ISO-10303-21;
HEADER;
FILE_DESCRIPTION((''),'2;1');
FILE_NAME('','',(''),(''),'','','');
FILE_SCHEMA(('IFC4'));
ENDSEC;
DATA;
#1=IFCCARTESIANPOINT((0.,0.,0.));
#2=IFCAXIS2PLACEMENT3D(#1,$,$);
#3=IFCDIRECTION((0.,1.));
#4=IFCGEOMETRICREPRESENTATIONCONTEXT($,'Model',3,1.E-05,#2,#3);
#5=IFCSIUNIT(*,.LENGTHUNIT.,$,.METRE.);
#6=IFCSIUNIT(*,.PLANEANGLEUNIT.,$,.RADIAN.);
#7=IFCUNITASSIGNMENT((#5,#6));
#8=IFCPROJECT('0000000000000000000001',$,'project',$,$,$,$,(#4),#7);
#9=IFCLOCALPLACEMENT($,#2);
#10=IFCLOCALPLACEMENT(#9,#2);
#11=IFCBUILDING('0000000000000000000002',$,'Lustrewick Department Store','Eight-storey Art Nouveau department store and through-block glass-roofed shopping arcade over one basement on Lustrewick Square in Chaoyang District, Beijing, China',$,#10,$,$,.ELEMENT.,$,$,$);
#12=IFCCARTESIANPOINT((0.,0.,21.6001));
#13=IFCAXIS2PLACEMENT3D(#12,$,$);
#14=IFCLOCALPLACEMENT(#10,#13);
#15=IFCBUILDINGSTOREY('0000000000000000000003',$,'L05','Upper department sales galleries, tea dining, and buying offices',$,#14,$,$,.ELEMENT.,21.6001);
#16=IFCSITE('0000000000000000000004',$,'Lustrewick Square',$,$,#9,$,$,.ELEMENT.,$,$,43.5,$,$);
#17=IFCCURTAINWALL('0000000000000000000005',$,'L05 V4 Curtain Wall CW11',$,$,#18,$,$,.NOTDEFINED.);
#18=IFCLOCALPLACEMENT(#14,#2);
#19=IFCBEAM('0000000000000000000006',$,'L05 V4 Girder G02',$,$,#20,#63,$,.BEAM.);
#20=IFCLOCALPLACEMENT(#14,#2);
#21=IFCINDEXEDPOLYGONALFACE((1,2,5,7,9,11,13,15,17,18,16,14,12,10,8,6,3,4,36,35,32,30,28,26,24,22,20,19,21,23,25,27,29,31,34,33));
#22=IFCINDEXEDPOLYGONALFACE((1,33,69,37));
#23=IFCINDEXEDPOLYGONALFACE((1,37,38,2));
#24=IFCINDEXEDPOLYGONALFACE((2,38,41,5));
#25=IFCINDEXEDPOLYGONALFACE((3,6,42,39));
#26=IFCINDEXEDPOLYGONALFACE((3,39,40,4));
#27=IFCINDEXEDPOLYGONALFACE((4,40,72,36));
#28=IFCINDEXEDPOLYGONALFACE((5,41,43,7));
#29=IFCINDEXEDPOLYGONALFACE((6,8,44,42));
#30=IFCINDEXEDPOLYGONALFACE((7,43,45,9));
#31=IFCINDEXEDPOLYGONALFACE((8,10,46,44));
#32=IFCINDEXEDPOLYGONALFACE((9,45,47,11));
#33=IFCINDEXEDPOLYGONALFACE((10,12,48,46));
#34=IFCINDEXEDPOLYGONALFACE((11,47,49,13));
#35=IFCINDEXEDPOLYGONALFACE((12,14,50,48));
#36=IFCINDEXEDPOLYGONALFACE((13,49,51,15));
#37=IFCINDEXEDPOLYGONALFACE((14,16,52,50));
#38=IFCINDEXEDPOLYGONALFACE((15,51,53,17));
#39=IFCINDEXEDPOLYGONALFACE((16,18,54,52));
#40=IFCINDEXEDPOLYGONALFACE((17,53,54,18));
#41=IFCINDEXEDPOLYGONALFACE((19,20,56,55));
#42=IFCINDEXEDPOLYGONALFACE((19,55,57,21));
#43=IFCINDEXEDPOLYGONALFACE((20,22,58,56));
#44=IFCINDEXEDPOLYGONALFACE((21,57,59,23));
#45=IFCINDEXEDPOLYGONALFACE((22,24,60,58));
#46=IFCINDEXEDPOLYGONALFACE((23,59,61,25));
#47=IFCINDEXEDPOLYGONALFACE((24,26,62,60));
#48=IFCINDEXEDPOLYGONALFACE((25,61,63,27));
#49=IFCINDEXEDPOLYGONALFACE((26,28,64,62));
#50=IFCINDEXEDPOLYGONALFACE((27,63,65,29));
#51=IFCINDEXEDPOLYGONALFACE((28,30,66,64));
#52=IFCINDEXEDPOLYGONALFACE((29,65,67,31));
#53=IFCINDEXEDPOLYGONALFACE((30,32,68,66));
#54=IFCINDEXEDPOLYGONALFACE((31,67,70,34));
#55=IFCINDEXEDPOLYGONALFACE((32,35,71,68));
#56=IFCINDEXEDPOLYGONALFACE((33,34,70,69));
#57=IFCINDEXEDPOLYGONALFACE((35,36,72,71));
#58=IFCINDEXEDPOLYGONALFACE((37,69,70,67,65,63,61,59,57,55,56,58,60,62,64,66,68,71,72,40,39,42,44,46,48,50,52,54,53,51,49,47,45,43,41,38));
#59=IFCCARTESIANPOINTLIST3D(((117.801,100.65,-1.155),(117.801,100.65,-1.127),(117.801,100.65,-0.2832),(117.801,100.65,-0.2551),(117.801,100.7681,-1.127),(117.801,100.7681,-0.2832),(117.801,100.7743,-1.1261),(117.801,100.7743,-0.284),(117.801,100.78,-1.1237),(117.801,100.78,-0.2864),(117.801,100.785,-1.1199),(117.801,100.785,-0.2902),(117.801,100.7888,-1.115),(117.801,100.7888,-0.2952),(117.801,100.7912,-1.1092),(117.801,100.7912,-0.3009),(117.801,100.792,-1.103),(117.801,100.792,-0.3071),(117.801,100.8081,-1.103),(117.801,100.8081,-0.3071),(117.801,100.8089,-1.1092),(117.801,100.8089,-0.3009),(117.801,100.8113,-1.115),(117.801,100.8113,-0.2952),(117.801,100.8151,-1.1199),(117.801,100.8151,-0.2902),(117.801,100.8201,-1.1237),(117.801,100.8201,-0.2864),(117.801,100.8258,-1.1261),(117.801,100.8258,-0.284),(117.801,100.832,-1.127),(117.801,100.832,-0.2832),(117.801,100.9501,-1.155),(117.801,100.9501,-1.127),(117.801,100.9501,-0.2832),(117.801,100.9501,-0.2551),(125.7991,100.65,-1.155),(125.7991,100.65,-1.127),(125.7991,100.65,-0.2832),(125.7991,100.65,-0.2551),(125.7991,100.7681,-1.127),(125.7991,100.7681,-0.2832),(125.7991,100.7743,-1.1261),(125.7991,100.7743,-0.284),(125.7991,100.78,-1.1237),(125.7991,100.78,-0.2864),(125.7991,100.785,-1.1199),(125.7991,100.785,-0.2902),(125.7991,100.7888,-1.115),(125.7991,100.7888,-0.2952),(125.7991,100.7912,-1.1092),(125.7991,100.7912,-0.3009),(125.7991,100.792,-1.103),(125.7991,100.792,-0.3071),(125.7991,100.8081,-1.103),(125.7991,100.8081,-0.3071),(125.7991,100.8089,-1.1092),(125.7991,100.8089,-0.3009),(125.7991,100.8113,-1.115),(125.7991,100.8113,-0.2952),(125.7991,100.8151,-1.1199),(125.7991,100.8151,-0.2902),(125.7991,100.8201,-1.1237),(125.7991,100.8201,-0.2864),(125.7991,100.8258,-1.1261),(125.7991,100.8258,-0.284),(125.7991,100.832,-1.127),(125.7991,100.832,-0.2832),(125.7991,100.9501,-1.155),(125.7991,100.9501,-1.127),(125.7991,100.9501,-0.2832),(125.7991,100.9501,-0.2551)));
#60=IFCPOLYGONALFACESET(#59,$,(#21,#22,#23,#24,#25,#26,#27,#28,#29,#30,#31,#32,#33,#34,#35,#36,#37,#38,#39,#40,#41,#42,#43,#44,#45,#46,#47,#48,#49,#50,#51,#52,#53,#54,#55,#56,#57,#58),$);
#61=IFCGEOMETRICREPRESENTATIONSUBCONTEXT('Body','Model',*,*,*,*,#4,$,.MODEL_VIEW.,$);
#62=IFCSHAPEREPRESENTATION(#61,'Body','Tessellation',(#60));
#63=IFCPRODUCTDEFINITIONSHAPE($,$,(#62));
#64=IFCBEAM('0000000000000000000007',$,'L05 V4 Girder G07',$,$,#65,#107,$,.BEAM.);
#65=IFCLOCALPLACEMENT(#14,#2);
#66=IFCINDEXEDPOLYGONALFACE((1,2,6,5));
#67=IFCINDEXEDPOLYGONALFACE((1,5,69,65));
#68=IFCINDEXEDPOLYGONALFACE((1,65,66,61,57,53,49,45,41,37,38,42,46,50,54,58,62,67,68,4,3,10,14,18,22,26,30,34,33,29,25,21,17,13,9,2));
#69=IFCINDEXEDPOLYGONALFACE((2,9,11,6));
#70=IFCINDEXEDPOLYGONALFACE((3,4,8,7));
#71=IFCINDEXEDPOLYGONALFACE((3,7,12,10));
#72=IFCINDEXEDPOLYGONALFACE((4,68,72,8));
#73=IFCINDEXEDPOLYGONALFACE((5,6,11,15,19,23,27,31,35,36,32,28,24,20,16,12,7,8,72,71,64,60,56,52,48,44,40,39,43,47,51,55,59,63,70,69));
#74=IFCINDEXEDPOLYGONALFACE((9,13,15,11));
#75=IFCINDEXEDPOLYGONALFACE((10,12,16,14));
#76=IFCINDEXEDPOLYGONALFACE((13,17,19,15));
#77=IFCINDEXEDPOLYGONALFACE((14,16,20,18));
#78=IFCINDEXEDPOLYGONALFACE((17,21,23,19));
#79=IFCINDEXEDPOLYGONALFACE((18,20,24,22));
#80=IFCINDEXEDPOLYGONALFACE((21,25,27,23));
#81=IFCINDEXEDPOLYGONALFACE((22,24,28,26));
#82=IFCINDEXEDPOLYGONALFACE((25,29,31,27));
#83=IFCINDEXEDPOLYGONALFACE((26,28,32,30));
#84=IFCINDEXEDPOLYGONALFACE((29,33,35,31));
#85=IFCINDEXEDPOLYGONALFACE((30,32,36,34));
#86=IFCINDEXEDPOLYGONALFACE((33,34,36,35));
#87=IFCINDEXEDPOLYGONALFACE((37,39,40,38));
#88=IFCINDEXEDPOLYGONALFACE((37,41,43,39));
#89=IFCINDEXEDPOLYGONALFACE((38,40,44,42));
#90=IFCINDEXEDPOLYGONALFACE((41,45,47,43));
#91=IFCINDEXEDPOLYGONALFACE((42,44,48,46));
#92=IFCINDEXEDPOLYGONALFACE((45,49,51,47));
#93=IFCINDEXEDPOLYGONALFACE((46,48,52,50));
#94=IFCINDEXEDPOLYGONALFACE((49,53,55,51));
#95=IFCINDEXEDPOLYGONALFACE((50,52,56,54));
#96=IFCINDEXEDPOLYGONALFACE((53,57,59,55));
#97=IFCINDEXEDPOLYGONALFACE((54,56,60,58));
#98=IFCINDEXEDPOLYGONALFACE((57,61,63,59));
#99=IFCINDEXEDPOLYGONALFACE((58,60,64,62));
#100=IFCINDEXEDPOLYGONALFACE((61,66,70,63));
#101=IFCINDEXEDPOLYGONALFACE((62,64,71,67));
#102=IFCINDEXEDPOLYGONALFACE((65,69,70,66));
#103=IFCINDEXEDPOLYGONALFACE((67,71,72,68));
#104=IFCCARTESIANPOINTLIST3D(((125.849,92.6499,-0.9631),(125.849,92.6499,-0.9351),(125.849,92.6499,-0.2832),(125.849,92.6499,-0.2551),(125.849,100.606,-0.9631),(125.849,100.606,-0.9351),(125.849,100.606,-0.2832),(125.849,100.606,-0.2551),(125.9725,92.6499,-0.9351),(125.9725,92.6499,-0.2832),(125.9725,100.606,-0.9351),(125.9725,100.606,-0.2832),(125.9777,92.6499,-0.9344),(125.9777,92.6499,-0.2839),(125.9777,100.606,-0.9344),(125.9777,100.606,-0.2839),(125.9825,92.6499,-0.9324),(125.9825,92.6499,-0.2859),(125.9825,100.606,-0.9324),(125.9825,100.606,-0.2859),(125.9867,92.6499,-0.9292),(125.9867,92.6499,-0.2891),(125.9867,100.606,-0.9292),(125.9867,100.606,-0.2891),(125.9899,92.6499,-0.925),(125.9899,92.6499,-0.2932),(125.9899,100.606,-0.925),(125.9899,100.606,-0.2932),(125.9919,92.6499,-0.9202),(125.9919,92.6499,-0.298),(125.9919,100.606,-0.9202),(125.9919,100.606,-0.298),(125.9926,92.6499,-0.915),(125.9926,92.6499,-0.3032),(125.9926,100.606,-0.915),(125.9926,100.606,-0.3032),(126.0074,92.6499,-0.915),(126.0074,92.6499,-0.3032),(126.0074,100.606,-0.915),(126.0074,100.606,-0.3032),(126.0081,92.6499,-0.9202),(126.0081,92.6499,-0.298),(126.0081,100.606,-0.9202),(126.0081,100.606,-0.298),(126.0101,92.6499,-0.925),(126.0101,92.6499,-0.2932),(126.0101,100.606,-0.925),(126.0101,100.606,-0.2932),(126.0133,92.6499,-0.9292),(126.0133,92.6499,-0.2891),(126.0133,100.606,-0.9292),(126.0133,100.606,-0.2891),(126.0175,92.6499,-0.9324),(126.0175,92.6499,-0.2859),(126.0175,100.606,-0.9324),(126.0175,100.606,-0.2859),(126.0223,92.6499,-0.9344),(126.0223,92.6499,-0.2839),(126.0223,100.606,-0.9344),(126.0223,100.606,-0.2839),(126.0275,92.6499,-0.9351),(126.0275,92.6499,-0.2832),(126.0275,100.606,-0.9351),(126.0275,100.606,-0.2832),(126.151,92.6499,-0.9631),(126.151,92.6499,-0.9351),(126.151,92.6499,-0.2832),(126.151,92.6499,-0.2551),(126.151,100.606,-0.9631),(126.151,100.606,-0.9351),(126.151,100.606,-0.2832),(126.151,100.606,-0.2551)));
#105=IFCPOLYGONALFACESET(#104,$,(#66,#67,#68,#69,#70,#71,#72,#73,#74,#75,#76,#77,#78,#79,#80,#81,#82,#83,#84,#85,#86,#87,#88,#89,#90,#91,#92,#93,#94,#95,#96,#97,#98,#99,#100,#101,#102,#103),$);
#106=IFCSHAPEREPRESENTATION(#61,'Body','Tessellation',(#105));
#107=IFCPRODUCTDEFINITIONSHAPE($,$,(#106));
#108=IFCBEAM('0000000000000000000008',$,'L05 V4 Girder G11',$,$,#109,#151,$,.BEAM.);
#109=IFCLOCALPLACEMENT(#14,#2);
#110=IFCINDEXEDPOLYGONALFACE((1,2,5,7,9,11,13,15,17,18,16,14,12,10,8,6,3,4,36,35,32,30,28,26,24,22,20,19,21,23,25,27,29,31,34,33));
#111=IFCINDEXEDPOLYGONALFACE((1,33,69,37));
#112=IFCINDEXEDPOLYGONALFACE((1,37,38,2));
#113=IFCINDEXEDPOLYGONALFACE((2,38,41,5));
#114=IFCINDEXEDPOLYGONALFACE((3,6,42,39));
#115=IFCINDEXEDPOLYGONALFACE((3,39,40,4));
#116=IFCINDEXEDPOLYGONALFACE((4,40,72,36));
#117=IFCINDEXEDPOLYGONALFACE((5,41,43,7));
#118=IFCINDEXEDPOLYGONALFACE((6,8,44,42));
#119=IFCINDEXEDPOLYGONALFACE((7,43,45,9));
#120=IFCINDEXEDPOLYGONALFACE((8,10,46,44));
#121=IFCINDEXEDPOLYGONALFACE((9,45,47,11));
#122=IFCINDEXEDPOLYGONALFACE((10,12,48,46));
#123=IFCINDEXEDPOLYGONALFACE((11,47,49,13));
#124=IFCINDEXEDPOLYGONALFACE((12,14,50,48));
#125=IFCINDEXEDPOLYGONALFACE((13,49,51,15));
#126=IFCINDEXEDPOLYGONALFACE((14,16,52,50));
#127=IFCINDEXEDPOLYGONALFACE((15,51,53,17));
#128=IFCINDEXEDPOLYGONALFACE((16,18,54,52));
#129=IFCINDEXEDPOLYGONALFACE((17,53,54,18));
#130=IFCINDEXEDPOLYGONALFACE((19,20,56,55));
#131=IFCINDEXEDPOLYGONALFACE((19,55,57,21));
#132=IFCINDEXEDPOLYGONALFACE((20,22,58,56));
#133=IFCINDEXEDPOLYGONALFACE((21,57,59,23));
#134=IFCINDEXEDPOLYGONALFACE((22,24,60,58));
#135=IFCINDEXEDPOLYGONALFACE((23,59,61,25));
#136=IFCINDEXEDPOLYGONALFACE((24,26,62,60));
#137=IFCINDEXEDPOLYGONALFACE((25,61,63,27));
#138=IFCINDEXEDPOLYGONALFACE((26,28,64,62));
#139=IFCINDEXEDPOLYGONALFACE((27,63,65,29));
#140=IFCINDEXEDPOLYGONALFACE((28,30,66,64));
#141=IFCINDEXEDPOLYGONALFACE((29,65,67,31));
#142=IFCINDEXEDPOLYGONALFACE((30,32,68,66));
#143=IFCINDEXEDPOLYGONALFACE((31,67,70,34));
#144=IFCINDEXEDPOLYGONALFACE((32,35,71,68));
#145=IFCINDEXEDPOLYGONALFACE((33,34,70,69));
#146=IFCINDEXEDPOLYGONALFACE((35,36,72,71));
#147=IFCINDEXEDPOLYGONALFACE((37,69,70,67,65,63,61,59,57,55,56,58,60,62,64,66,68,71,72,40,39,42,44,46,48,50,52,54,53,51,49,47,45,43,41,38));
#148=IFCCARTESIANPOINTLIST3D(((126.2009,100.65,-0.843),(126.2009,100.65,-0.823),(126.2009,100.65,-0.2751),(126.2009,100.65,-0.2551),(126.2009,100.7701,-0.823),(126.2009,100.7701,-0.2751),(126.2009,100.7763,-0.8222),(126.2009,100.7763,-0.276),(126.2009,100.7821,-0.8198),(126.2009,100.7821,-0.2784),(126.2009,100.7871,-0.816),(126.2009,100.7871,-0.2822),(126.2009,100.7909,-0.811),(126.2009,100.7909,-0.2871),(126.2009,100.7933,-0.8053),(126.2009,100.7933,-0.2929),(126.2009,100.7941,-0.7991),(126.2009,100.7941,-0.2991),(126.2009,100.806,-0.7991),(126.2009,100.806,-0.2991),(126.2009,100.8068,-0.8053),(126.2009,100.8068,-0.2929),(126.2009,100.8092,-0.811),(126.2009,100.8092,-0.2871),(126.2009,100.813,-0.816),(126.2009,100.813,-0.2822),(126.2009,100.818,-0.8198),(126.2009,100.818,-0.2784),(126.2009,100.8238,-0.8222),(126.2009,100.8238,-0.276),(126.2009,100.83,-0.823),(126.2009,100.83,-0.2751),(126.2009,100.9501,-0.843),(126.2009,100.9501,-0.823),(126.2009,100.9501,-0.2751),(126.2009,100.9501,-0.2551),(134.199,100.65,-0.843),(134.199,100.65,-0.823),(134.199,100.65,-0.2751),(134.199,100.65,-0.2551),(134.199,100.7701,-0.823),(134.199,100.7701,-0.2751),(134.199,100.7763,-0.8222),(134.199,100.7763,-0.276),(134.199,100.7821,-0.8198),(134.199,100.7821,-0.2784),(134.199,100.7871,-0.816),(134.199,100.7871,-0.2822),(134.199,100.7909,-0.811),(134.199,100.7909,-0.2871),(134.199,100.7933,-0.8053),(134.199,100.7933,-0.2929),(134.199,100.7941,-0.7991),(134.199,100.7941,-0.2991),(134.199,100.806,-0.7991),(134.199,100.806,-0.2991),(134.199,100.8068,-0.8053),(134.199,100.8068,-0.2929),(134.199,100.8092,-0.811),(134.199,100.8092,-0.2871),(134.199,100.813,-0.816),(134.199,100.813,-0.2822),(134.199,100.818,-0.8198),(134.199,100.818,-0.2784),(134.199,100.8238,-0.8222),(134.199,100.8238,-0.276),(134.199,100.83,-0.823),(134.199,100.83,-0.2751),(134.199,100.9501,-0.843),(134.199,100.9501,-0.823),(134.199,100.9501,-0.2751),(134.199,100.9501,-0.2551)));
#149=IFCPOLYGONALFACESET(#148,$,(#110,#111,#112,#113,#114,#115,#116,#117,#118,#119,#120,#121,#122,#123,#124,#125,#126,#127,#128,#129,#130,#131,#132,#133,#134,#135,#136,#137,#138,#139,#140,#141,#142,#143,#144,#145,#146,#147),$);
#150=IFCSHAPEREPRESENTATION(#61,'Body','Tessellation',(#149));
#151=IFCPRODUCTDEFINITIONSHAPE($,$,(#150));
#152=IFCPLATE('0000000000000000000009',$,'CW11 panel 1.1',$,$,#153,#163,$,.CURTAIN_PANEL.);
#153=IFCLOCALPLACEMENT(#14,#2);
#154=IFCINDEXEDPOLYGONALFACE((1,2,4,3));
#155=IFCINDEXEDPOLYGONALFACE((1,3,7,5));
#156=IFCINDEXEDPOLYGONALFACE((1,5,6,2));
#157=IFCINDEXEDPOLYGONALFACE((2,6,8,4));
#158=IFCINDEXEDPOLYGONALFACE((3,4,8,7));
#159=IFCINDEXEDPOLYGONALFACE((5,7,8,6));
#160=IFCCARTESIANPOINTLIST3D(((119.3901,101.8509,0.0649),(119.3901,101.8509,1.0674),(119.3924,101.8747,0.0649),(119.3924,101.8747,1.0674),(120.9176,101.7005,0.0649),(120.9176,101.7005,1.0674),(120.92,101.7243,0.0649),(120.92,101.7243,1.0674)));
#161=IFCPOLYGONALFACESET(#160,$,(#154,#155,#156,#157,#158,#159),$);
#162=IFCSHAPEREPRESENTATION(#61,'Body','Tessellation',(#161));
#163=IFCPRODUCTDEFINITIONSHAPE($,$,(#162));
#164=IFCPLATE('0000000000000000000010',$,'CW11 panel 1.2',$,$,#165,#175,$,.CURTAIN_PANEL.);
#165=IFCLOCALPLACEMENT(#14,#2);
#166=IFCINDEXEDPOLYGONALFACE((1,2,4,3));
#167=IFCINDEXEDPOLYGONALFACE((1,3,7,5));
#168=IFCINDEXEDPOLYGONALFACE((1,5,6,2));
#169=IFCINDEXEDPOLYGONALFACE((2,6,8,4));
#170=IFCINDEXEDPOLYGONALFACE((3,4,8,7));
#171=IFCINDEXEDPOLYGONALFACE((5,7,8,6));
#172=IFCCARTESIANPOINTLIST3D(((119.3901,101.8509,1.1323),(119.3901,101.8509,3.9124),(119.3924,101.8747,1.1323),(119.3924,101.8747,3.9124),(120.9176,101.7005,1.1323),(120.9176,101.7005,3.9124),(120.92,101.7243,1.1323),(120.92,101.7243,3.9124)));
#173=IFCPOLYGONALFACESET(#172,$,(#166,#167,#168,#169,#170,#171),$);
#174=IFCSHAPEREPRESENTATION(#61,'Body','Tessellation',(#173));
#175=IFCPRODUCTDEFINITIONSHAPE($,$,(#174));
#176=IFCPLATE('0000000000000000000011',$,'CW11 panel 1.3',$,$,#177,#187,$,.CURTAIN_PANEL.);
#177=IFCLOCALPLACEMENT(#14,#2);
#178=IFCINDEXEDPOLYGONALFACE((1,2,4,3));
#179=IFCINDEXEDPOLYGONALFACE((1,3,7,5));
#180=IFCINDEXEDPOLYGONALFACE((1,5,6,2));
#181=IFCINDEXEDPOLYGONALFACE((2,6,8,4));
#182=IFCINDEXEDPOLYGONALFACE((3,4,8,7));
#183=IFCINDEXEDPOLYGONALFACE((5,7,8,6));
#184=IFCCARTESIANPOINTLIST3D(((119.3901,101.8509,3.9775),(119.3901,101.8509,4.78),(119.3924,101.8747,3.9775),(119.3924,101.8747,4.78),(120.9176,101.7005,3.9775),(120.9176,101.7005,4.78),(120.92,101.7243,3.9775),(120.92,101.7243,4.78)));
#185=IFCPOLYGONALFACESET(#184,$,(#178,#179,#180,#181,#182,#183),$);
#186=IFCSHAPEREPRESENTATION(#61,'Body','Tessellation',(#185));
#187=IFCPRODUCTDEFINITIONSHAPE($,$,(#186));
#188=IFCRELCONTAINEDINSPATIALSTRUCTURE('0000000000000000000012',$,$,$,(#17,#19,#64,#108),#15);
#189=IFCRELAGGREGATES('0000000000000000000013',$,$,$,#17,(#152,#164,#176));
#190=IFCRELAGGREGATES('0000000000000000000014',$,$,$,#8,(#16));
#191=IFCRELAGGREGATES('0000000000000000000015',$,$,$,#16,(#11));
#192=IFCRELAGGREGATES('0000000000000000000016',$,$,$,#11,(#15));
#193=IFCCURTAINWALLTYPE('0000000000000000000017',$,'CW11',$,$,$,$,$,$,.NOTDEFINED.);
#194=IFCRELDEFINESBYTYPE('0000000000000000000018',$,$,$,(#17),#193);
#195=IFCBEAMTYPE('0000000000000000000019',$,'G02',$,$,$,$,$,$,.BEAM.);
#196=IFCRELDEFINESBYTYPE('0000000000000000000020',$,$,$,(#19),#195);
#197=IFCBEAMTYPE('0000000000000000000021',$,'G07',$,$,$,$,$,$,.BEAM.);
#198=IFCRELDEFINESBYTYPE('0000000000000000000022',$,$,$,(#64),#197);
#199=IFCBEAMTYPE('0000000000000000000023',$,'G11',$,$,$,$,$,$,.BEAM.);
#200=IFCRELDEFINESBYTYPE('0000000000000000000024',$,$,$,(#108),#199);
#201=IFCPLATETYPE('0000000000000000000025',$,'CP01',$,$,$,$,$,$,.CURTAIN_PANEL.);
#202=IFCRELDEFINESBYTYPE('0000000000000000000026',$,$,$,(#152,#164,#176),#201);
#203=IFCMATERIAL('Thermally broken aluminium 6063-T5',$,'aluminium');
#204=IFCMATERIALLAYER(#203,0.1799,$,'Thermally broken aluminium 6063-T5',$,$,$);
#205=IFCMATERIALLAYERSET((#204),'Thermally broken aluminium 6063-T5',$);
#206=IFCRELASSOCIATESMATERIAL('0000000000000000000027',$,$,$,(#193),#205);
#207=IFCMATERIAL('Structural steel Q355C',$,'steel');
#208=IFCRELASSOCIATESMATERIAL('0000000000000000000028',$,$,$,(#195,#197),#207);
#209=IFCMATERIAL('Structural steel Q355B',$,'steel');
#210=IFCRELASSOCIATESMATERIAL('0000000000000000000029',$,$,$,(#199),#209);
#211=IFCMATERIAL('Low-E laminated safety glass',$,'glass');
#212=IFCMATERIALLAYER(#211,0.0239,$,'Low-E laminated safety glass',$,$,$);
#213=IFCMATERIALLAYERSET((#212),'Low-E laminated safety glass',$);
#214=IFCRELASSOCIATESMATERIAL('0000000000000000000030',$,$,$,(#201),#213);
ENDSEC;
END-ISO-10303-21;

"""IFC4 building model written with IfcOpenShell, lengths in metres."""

from ifc_helpers import new_model, si_unit, direction, frame, origin, origin_2d, place, context, subcontext, project, spatial, rectangle, i_section, extrude, material, layer, layer_set, material_profile, profile_set, type_object, element, aggregate, save


model = new_model("IFC4")

# Units and contexts
model_context = context("Model", 3, precision=1e-05, world=origin(), true_north=direction((0.0, 1.0)))
body_context = subcontext(model_context, "Body", "Model", "MODEL_VIEW")
ifc_project = project(units=[si_unit("LENGTHUNIT", "METRE"), si_unit("PLANEANGLEUNIT", "RADIAN")], contexts=[model_context])

# Site, building, storey
site_placement = place(None, origin())
site = spatial("IfcSite", under=ifc_project, at=site_placement, Name="Lustrewick Square", CompositionType="ELEMENT", RefElevation=43.5)
building_placement = place(site_placement, origin())
building = spatial("IfcBuilding", under=site, at=building_placement, Name="Lustrewick Department Store", Description="Eight-storey Art Nouveau department store and through-block glass-roofed shopping arcade over one basement on Lustrewick Square in Chaoyang District, Beijing, China", CompositionType="ELEMENT")
storey_placement = place(building_placement, frame((0.0, 0.0, 21.6001)))
storey = spatial("IfcBuildingStorey", under=building, at=storey_placement, Name="L05", Description="Upper department sales galleries, tea dining, and buying offices", CompositionType="ELEMENT", Elevation=21.6001)

# Shared definitions
ifc_material_1 = material(Name="Structural steel Q355B", Category="steel")

# Curtain wall
ifc_material_2 = material(Name="Thermally broken aluminium 6063-T5", Category="aluminium")
ifc_layer_1 = layer(ifc_material_2, 0.1799, Name="Thermally broken aluminium 6063-T5")
ifc_layer_set_1 = layer_set([ifc_layer_1], Name="Thermally broken aluminium 6063-T5")
curtain_wall_type = type_object("IfcCurtainWallType", Name="CW11", PredefinedType="NOTDEFINED", material=ifc_layer_set_1)
curtain_wall_placement = place(storey_placement, origin())
curtain_wall = element("IfcCurtainWall", 1, at=curtain_wall_placement, inside=storey, type_object=curtain_wall_type, Name="L05 V4 Curtain Wall CW11", PredefinedType="NOTDEFINED")

# Beams
ifc_material_3 = material(Name="Structural steel Q355C", Category="steel")
ifc_material_profile_1 = material_profile(ifc_material_3, i_section(OverallWidth=0.3, OverallDepth=0.8999, WebThickness=0.0161, FlangeThickness=0.0281, FilletRadius=0.0239, at=origin_2d()), Name="HN 900x300x16x28")
ifc_profile_set_1 = profile_set([ifc_material_profile_1], Name="Structural steel Q355C")
beam_type_1 = type_object("IfcBeamType", Name="G02", PredefinedType="BEAM", material=ifc_profile_set_1)
beam_1_placement = place(storey_placement, frame((117.801, 100.8, -0.7051), z_axis=(1.0, 0.0, 0.0), x_axis=(0.0, 1.0, 0.0)))
element("IfcBeam", 2, at=beam_1_placement, inside=storey, type_object=beam_type_1, Name="L05 V4 Girder G02", PredefinedType="BEAM", context=body_context, shape_type="SweptSolid", body=[
    extrude(i_section(OverallWidth=0.3, OverallDepth=0.8999, WebThickness=0.0161, FlangeThickness=0.0281, FilletRadius=0.0239, at=origin_2d()), origin(), (0.0, 0.0, 1.0), 7.998),
])
ifc_material_profile_2 = material_profile(ifc_material_3, i_section(OverallWidth=0.302, OverallDepth=0.708, WebThickness=0.0149, FlangeThickness=0.0281, FilletRadius=0.02, at=origin_2d()), Name="HN 708x302x15x28")
ifc_profile_set_2 = profile_set([ifc_material_profile_2], Name="Structural steel Q355C")
beam_type_2 = type_object("IfcBeamType", Name="G07", PredefinedType="BEAM", material=ifc_profile_set_2)
beam_2_placement = place(storey_placement, frame((126.0, 92.6499, -0.6091), z_axis=(0.0, 1.0, 0.0), x_axis=(-1.0, 0.0, 0.0)))
element("IfcBeam", 3, at=beam_2_placement, inside=storey, type_object=beam_type_2, Name="L05 V4 Girder G07", PredefinedType="BEAM", context=body_context, shape_type="SweptSolid", body=[
    extrude(i_section(OverallWidth=0.302, OverallDepth=0.708, WebThickness=0.0149, FlangeThickness=0.0281, FilletRadius=0.02, at=origin_2d()), origin(), (0.0, 0.0, 1.0), 7.9561),
])
ifc_material_profile_3 = material_profile(ifc_material_1, i_section(OverallWidth=0.3, OverallDepth=0.5879, WebThickness=0.012, FlangeThickness=0.02, FilletRadius=0.0239, at=origin_2d()), Name="HM 588x300x12x20")
ifc_profile_set_3 = profile_set([ifc_material_profile_3], Name="Structural steel Q355B")
beam_type_3 = type_object("IfcBeamType", Name="G11", PredefinedType="BEAM", material=ifc_profile_set_3)
beam_3_placement = place(storey_placement, frame((126.2009, 100.8, -0.5491), z_axis=(1.0, 0.0, 0.0), x_axis=(0.0, 1.0, 0.0)))
element("IfcBeam", 4, at=beam_3_placement, inside=storey, type_object=beam_type_3, Name="L05 V4 Girder G11", PredefinedType="BEAM", context=body_context, shape_type="SweptSolid", body=[
    extrude(i_section(OverallWidth=0.3, OverallDepth=0.5879, WebThickness=0.012, FlangeThickness=0.02, FilletRadius=0.0239, at=origin_2d()), origin(), (0.0, 0.0, 1.0), 7.998),
])

# Plates
ifc_material_4 = material(Name="Low-E laminated safety glass", Category="glass")
ifc_layer_2 = layer(ifc_material_4, 0.0239, Name="Low-E laminated safety glass")
ifc_layer_set_2 = layer_set([ifc_layer_2], Name="Low-E laminated safety glass")
plate_type = type_object("IfcPlateType", Name="CP01", PredefinedType="CURTAIN_PANEL", material=ifc_layer_set_2)
plate_1_placement = place(storey_placement, frame((120.155, 101.7876, 0.0649), z_axis=(0.0, 0.0, 1.0), x_axis=(-0.995184, 0.098023, 0.0)))
plate_1 = element("IfcPlate", 5, at=plate_1_placement, type_object=plate_type, Name="CW11 panel 1.1", PredefinedType="CURTAIN_PANEL", context=body_context, shape_type="SweptSolid", body=[
    extrude(rectangle(XDim=1.5349, YDim=0.0239, at=origin_2d()), origin(), (0.0, 0.0, 1.0), 1.0024),
])
plate_2_placement = place(storey_placement, frame((120.155, 101.7876, 1.1323), z_axis=(0.0, 0.0, 1.0), x_axis=(-0.995184, 0.098023, 0.0)))
plate_2 = element("IfcPlate", 6, at=plate_2_placement, type_object=plate_type, Name="CW11 panel 1.2", PredefinedType="CURTAIN_PANEL", context=body_context, shape_type="SweptSolid", body=[
    extrude(rectangle(XDim=1.5349, YDim=0.0239, at=origin_2d()), origin(), (0.0, 0.0, 1.0), 2.78),
])
plate_3_placement = place(storey_placement, frame((120.155, 101.7876, 3.9775), z_axis=(0.0, 0.0, 1.0), x_axis=(-0.995184, 0.098023, 0.0)))
plate_3 = element("IfcPlate", 7, at=plate_3_placement, type_object=plate_type, Name="CW11 panel 1.3", PredefinedType="CURTAIN_PANEL", context=body_context, shape_type="SweptSolid", body=[
    extrude(rectangle(XDim=1.5349, YDim=0.0239, at=origin_2d()), origin(), (0.0, 0.0, 1.0), 0.8025),
])
aggregate(curtain_wall, [plate_1, plate_2, plate_3])

save(model, "model.ifc")
